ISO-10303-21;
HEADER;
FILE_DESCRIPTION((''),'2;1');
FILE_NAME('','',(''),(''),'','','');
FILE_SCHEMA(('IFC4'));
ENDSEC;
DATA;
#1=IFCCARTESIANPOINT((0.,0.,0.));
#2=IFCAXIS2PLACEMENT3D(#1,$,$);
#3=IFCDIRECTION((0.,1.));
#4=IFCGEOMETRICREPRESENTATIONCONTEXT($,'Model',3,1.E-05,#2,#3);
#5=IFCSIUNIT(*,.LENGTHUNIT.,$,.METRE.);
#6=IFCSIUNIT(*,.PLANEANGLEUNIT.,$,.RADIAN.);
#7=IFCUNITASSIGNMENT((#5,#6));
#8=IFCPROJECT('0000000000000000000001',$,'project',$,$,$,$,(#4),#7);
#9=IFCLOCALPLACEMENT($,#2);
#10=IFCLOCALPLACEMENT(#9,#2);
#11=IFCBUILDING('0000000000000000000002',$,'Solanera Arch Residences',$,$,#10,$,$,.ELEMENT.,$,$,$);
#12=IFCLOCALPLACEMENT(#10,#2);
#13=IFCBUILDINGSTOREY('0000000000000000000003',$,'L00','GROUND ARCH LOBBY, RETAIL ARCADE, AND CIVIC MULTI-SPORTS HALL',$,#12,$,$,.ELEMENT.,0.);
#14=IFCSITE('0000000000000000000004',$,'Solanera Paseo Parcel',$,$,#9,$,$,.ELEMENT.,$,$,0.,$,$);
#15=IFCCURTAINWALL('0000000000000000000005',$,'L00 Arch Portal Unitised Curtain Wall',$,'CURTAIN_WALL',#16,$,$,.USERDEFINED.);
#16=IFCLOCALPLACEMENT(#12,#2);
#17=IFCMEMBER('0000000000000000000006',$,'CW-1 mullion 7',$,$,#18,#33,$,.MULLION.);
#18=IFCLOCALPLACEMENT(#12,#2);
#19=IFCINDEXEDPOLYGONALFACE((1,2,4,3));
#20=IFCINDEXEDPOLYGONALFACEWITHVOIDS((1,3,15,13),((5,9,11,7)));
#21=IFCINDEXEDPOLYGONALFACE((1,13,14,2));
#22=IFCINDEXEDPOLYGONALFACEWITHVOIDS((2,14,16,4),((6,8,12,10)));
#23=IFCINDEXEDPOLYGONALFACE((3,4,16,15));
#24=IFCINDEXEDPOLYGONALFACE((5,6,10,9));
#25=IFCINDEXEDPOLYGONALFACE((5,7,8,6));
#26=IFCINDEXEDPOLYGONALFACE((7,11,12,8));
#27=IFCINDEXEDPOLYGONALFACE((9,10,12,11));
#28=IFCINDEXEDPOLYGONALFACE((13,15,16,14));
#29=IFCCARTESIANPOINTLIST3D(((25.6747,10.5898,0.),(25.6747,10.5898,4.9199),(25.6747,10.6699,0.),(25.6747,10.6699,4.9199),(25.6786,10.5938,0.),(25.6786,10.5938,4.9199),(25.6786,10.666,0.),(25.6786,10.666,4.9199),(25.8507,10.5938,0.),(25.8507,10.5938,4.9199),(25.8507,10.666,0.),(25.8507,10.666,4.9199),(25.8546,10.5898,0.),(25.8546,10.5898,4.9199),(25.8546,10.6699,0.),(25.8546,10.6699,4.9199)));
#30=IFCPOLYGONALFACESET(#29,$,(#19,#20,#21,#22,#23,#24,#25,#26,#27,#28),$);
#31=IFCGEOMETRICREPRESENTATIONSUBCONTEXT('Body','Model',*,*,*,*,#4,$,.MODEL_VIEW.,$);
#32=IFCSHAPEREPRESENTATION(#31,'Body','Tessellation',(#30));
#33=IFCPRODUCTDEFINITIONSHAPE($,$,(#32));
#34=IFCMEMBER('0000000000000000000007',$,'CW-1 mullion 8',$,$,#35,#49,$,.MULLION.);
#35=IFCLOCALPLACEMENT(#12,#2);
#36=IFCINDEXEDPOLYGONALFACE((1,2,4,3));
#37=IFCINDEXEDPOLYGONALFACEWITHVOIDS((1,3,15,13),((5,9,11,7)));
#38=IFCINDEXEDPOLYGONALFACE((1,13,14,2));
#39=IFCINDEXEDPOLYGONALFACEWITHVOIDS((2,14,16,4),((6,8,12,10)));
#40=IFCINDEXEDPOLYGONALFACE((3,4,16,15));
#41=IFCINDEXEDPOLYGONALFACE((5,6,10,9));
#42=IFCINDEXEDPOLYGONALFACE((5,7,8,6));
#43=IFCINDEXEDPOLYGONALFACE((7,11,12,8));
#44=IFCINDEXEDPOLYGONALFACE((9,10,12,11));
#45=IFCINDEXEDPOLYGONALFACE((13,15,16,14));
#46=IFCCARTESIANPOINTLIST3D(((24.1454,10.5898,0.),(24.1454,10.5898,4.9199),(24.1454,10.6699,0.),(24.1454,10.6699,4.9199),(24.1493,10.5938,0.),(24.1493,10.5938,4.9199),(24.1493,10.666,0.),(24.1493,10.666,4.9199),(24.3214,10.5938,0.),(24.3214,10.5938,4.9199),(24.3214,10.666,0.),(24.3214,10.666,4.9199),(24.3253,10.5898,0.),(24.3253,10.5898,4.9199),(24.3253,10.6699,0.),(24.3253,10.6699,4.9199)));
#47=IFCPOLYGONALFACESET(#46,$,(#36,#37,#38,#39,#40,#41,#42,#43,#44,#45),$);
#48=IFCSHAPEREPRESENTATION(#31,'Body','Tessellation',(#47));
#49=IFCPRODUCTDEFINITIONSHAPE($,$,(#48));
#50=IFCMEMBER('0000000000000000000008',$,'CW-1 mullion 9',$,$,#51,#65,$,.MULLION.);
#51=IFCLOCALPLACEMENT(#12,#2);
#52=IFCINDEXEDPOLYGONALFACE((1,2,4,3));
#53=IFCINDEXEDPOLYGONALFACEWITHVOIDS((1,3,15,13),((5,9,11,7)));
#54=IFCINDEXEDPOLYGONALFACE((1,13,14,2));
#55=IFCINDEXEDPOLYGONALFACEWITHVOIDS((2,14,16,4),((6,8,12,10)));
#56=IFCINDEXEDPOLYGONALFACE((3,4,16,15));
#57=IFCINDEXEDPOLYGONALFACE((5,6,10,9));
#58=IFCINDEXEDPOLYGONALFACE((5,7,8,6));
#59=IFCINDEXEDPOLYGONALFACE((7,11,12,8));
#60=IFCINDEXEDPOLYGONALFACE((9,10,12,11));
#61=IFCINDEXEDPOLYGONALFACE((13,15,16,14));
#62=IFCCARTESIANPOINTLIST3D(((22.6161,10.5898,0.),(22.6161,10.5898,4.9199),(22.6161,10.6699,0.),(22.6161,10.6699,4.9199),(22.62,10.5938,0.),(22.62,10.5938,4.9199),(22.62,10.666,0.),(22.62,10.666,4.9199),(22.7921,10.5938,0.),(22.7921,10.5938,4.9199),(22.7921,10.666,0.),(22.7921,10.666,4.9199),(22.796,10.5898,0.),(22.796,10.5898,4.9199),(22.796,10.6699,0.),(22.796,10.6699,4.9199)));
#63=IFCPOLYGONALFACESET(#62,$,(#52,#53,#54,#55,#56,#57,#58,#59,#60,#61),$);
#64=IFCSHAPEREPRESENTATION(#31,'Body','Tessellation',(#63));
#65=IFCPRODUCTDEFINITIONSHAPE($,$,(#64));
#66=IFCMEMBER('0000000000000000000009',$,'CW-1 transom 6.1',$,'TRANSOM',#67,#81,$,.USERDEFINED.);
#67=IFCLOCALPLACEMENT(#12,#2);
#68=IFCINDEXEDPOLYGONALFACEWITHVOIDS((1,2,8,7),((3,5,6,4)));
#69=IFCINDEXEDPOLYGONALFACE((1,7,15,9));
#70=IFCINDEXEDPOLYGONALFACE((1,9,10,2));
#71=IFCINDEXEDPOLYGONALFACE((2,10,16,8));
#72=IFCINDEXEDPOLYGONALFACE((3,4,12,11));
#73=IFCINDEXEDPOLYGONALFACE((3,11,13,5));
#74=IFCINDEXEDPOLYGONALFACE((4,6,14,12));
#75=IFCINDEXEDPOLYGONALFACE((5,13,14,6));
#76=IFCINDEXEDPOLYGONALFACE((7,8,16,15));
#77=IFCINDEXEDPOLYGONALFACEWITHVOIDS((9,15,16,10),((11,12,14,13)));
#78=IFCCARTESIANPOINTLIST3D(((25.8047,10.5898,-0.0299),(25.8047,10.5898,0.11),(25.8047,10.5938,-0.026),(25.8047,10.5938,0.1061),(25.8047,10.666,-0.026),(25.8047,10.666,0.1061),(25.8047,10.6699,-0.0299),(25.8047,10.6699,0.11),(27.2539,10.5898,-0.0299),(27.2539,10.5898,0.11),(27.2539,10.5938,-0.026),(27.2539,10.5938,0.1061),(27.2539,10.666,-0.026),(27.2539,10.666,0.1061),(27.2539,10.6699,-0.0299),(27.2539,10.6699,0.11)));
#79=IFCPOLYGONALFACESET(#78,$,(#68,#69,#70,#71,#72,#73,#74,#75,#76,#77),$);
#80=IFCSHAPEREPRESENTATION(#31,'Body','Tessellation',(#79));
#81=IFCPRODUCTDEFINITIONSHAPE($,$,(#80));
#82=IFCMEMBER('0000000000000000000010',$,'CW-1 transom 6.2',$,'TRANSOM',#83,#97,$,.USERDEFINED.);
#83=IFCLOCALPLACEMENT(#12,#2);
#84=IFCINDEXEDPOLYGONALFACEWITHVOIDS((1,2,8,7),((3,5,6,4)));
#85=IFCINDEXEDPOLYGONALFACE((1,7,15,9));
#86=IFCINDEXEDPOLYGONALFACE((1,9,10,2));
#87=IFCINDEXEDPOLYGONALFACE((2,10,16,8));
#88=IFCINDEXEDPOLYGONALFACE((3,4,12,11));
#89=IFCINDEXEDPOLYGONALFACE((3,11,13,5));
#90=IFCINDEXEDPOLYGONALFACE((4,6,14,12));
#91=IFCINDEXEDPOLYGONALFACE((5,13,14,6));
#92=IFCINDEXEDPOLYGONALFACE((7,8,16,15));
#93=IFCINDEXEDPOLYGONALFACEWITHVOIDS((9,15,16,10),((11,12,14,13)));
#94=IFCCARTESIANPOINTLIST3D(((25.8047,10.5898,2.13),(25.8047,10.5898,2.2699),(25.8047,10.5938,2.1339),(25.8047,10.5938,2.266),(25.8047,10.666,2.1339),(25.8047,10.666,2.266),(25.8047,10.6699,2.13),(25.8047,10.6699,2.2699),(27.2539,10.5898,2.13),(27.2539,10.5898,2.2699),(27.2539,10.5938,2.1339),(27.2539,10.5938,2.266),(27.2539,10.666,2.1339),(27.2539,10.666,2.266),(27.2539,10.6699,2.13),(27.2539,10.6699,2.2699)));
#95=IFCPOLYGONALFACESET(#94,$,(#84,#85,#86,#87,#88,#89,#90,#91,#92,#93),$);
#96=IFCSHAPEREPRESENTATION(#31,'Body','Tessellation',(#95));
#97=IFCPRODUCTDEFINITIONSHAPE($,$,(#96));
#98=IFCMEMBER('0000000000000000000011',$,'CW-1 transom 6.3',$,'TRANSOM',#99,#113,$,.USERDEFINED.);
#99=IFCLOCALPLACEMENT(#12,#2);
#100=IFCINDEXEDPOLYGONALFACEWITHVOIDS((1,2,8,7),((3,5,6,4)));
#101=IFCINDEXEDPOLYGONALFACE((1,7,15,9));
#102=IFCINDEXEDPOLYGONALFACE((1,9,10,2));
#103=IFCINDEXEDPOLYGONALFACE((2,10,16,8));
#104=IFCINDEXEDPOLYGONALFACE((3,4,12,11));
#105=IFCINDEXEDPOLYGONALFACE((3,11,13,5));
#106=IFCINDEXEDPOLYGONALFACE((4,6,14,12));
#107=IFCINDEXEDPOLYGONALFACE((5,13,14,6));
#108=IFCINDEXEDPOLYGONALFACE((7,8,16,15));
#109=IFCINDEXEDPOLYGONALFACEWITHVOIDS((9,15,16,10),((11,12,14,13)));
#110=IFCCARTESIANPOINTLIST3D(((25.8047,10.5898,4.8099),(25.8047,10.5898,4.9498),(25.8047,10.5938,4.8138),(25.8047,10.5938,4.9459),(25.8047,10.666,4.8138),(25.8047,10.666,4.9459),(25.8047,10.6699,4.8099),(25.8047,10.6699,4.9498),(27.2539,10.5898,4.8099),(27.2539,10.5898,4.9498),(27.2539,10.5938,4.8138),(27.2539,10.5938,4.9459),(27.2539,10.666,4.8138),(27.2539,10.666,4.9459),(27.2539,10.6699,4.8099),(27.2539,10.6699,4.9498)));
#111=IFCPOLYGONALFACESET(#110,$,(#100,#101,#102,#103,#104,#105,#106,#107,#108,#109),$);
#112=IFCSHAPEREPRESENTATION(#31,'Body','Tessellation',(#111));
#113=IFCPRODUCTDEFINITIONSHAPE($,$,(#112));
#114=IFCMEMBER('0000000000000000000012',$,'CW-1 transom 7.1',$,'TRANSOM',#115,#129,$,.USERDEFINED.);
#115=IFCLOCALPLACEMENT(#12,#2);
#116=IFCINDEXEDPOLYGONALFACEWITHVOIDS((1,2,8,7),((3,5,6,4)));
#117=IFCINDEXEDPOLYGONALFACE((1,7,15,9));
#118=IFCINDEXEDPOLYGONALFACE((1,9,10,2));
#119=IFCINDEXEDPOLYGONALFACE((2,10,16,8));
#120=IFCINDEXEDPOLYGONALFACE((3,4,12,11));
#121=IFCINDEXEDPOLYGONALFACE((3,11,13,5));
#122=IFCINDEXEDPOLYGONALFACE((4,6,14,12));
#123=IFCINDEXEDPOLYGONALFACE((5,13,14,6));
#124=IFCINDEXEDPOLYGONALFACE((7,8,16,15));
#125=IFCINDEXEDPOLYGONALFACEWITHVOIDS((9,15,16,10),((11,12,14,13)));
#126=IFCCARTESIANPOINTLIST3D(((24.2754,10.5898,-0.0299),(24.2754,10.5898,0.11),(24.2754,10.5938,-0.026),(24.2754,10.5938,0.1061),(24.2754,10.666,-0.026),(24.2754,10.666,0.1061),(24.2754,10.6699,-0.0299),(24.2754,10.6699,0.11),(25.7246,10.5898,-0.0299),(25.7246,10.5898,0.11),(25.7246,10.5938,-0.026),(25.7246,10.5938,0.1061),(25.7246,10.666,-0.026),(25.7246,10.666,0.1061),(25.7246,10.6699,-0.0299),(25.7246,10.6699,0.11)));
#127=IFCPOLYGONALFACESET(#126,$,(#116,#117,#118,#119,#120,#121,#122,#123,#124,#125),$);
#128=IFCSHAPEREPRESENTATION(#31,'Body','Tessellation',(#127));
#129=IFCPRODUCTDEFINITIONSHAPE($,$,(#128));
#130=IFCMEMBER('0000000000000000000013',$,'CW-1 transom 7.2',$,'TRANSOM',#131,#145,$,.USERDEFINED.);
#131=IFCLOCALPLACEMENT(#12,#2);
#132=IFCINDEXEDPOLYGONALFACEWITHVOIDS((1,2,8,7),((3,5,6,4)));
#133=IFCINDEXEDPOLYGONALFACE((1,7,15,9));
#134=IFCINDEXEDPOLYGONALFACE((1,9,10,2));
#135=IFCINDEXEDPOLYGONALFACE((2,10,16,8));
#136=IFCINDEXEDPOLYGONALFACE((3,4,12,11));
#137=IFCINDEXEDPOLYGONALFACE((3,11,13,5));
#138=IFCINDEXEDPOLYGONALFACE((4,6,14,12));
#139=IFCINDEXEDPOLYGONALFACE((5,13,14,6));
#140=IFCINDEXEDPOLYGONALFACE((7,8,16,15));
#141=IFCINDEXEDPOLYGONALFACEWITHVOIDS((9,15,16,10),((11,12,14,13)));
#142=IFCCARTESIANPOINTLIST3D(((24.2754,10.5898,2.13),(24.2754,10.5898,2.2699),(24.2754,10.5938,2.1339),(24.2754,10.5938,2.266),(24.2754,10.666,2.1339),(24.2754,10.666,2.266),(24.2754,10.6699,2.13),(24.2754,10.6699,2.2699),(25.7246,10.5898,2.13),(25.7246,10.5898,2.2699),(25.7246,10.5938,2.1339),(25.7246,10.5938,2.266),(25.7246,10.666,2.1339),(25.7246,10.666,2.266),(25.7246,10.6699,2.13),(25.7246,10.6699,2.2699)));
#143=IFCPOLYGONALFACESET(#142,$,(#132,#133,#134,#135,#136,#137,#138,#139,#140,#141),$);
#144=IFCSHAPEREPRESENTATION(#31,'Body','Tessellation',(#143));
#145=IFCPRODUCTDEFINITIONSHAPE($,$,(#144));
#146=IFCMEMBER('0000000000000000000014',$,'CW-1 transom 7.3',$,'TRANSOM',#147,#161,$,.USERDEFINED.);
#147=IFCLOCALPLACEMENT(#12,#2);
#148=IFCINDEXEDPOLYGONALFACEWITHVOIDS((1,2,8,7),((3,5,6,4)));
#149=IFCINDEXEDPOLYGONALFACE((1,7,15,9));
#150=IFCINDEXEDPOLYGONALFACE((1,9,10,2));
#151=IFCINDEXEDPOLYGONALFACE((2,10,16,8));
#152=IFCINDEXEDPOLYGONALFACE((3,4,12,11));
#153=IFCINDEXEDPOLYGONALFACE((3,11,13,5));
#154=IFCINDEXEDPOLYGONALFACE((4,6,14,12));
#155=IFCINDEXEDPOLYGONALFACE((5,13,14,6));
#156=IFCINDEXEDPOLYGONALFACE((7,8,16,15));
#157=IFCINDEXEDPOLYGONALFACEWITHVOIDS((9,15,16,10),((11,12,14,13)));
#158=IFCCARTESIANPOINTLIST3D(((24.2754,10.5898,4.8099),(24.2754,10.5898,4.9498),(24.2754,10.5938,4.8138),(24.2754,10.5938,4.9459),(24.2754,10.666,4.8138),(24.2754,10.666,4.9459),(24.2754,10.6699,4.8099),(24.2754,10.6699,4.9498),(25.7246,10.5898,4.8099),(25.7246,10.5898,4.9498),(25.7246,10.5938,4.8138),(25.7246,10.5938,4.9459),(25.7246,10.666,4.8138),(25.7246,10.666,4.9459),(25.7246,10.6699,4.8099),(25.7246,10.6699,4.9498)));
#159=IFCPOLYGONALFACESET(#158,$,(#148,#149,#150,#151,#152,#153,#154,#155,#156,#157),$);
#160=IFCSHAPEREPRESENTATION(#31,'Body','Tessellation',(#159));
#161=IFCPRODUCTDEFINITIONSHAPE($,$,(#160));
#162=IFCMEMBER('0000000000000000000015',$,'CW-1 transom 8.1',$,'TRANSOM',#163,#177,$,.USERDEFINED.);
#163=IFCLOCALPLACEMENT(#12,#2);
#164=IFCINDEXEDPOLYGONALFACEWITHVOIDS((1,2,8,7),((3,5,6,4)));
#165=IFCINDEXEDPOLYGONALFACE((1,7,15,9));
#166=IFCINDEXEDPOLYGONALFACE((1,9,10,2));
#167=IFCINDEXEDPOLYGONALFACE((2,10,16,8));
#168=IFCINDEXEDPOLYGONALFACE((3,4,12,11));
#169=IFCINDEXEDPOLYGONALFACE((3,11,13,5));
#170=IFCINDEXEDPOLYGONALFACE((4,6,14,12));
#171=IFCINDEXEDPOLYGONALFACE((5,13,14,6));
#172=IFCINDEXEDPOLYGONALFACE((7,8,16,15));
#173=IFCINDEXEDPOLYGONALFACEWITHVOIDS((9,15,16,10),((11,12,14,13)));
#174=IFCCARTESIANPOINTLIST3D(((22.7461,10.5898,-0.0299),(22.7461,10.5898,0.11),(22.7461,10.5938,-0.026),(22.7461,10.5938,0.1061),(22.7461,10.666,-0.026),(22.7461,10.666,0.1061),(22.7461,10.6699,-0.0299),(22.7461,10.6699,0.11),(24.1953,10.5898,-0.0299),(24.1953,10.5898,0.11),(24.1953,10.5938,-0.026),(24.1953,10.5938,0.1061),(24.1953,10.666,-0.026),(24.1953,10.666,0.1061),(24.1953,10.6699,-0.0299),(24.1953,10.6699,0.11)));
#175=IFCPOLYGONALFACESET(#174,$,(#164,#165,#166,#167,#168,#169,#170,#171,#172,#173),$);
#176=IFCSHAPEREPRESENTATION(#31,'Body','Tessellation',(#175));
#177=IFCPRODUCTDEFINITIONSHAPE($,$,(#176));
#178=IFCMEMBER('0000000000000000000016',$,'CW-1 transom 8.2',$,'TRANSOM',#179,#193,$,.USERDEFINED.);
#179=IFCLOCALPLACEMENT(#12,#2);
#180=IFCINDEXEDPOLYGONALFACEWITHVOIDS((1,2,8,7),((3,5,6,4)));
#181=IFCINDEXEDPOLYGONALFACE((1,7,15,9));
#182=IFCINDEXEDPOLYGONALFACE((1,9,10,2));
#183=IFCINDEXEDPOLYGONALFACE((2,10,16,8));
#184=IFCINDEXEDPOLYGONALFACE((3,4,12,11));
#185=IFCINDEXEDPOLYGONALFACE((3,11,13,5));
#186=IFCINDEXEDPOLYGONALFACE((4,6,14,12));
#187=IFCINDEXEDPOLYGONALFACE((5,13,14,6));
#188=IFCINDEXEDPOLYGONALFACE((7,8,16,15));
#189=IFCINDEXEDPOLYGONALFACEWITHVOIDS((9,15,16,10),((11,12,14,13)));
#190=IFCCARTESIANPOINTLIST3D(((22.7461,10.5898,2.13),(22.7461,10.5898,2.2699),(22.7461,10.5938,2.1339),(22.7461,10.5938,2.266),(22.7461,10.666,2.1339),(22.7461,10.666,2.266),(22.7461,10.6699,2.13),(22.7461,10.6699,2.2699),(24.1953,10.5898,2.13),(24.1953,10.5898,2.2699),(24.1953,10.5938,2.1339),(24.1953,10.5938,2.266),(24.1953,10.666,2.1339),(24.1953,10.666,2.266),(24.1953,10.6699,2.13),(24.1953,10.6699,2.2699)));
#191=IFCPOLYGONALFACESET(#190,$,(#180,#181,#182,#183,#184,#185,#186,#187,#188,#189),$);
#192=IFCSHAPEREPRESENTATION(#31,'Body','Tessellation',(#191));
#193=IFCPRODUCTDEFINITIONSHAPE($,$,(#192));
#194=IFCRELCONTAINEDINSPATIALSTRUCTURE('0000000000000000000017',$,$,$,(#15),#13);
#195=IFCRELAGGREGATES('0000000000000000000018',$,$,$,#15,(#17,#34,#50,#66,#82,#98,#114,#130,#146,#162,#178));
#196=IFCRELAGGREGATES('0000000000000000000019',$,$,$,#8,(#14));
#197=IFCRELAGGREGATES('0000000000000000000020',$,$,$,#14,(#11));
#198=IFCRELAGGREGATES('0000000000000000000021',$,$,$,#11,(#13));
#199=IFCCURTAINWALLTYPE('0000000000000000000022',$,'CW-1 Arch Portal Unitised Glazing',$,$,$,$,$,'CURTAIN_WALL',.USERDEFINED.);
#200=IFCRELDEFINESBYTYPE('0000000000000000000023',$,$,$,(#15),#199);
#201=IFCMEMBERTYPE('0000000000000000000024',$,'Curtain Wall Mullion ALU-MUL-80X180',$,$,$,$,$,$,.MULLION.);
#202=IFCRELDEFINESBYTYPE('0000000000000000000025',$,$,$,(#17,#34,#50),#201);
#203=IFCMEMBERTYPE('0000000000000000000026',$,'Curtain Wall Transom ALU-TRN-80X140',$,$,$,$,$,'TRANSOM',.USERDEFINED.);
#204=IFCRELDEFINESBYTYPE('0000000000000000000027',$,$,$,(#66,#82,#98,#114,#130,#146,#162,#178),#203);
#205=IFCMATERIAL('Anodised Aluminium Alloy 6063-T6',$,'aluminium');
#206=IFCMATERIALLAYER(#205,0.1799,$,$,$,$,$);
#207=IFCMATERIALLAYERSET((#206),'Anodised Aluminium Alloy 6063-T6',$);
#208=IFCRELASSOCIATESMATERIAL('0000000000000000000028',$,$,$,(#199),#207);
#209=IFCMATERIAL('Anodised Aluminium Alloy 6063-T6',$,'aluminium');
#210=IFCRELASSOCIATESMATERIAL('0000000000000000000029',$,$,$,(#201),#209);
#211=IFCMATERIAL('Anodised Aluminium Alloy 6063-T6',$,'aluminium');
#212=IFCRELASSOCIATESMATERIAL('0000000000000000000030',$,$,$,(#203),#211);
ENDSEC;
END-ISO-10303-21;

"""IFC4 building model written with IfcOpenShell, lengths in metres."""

from ifc_helpers import new_model, si_unit, direction, frame, origin, origin_2d, place, context, subcontext, project, spatial, hollow_rectangle, extrude, material, layer, layer_set, material_profile, profile_set, type_object, element, aggregate, save


model = new_model("IFC4")

# Units and contexts
model_context = context("Model", 3, precision=1e-05, world=origin(), true_north=direction((0.0, 1.0)))
body_context = subcontext(model_context, "Body", "Model", "MODEL_VIEW")
ifc_project = project(units=[si_unit("LENGTHUNIT", "METRE"), si_unit("PLANEANGLEUNIT", "RADIAN")], contexts=[model_context])

# Site, building, storey
site_placement = place(None, origin())
site = spatial("IfcSite", under=ifc_project, at=site_placement, Name="Solanera Paseo Parcel", CompositionType="ELEMENT", RefElevation=0.0)
building_placement = place(site_placement, origin())
building = spatial("IfcBuilding", under=site, at=building_placement, Name="Solanera Arch Residences", CompositionType="ELEMENT")
storey_placement = place(building_placement, origin())
storey = spatial("IfcBuildingStorey", under=building, at=storey_placement, Name="L00", Description="GROUND ARCH LOBBY, RETAIL ARCADE, AND CIVIC MULTI-SPORTS HALL", CompositionType="ELEMENT", Elevation=0.0)

# Curtain wall, members
ifc_material_1 = material(Name="Anodised Aluminium Alloy 6063-T6", Category="aluminium")
ifc_layer_1 = layer(ifc_material_1, 0.1799)
ifc_layer_set_1 = layer_set([ifc_layer_1], Name="Anodised Aluminium Alloy 6063-T6")
curtain_wall_type = type_object("IfcCurtainWallType", Name="CW-1 Arch Portal Unitised Glazing", ElementType="CURTAIN_WALL", PredefinedType="USERDEFINED", material=ifc_layer_set_1)
curtain_wall_placement = place(storey_placement, origin())
curtain_wall = element("IfcCurtainWall", 1, at=curtain_wall_placement, inside=storey, type_object=curtain_wall_type, Name="L00 Arch Portal Unitised Curtain Wall", ObjectType="CURTAIN_WALL", PredefinedType="USERDEFINED")
ifc_material_2 = material(Name="Anodised Aluminium Alloy 6063-T6", Category="aluminium")
ifc_material_profile_1 = material_profile(ifc_material_2, hollow_rectangle(XDim=0.0801, YDim=0.1799, WallThickness=0.0039, at=origin_2d()))
ifc_profile_set_1 = profile_set([ifc_material_profile_1], Name="Anodised Aluminium Alloy 6063-T6")
member_type_1 = type_object("IfcMemberType", Name="Curtain Wall Mullion ALU-MUL-80X180", PredefinedType="MULLION", material=ifc_profile_set_1)
member_1_placement = place(storey_placement, frame((25.7646, 10.6299, 0.0), z_axis=(0.0, 0.0, 1.0), x_axis=(0.0, -1.0, 0.0)))
member_1 = element("IfcMember", 2, at=member_1_placement, type_object=member_type_1, Name="CW-1 mullion 7", PredefinedType="MULLION", context=body_context, shape_type="SweptSolid", body=[
    extrude(hollow_rectangle(XDim=0.0801, YDim=0.1799, WallThickness=0.0039, at=origin_2d()), origin(), (0.0, 0.0, 1.0), 4.9199),
])
member_2_placement = place(storey_placement, frame((24.2354, 10.6299, 0.0), z_axis=(0.0, 0.0, 1.0), x_axis=(0.0, -1.0, 0.0)))
member_2 = element("IfcMember", 3, at=member_2_placement, type_object=member_type_1, Name="CW-1 mullion 8", PredefinedType="MULLION", context=body_context, shape_type="SweptSolid", body=[
    extrude(hollow_rectangle(XDim=0.0801, YDim=0.1799, WallThickness=0.0039, at=origin_2d()), origin(), (0.0, 0.0, 1.0), 4.9199),
])
member_3_placement = place(storey_placement, frame((22.7061, 10.6299, 0.0), z_axis=(0.0, 0.0, 1.0), x_axis=(0.0, -1.0, 0.0)))
member_3 = element("IfcMember", 4, at=member_3_placement, type_object=member_type_1, Name="CW-1 mullion 9", PredefinedType="MULLION", context=body_context, shape_type="SweptSolid", body=[
    extrude(hollow_rectangle(XDim=0.0801, YDim=0.1799, WallThickness=0.0039, at=origin_2d()), origin(), (0.0, 0.0, 1.0), 4.9199),
])
ifc_material_3 = material(Name="Anodised Aluminium Alloy 6063-T6", Category="aluminium")
ifc_material_profile_2 = material_profile(ifc_material_3, hollow_rectangle(XDim=0.0801, YDim=0.1399, WallThickness=0.0039, at=origin_2d()))
ifc_profile_set_2 = profile_set([ifc_material_profile_2], Name="Anodised Aluminium Alloy 6063-T6")
member_type_2 = type_object("IfcMemberType", Name="Curtain Wall Transom ALU-TRN-80X140", ElementType="TRANSOM", PredefinedType="USERDEFINED", material=ifc_profile_set_2)
member_4_placement = place(storey_placement, frame((27.2539, 10.6299, 0.04), z_axis=(-1.0, 0.0, 0.0), x_axis=(0.0, -1.0, 0.0)))
member_4 = element("IfcMember", 5, at=member_4_placement, type_object=member_type_2, Name="CW-1 transom 6.1", ObjectType="TRANSOM", PredefinedType="USERDEFINED", context=body_context, shape_type="SweptSolid", body=[
    extrude(hollow_rectangle(XDim=0.0801, YDim=0.1399, WallThickness=0.0039, at=origin_2d()), origin(), (0.0, 0.0, 1.0), 1.4492),
])
member_5_placement = place(storey_placement, frame((27.2539, 10.6299, 2.2), z_axis=(-1.0, 0.0, 0.0), x_axis=(0.0, -1.0, 0.0)))
member_5 = element("IfcMember", 6, at=member_5_placement, type_object=member_type_2, Name="CW-1 transom 6.2", ObjectType="TRANSOM", PredefinedType="USERDEFINED", context=body_context, shape_type="SweptSolid", body=[
    extrude(hollow_rectangle(XDim=0.0801, YDim=0.1399, WallThickness=0.0039, at=origin_2d()), origin(), (0.0, 0.0, 1.0), 1.4492),
])
member_6_placement = place(storey_placement, frame((27.2539, 10.6299, 4.8799), z_axis=(-1.0, 0.0, 0.0), x_axis=(0.0, -1.0, 0.0)))
member_6 = element("IfcMember", 7, at=member_6_placement, type_object=member_type_2, Name="CW-1 transom 6.3", ObjectType="TRANSOM", PredefinedType="USERDEFINED", context=body_context, shape_type="SweptSolid", body=[
    extrude(hollow_rectangle(XDim=0.0801, YDim=0.1399, WallThickness=0.0039, at=origin_2d()), origin(), (0.0, 0.0, 1.0), 1.4492),
])
member_7_placement = place(storey_placement, frame((25.7246, 10.6299, 0.04), z_axis=(-1.0, 0.0, 0.0), x_axis=(0.0, -1.0, 0.0)))
member_7 = element("IfcMember", 8, at=member_7_placement, type_object=member_type_2, Name="CW-1 transom 7.1", ObjectType="TRANSOM", PredefinedType="USERDEFINED", context=body_context, shape_type="SweptSolid", body=[
    extrude(hollow_rectangle(XDim=0.0801, YDim=0.1399, WallThickness=0.0039, at=origin_2d()), origin(), (0.0, 0.0, 1.0), 1.4492),
])
member_8_placement = place(storey_placement, frame((25.7246, 10.6299, 2.2), z_axis=(-1.0, 0.0, 0.0), x_axis=(0.0, -1.0, 0.0)))
member_8 = element("IfcMember", 9, at=member_8_placement, type_object=member_type_2, Name="CW-1 transom 7.2", ObjectType="TRANSOM", PredefinedType="USERDEFINED", context=body_context, shape_type="SweptSolid", body=[
    extrude(hollow_rectangle(XDim=0.0801, YDim=0.1399, WallThickness=0.0039, at=origin_2d()), origin(), (0.0, 0.0, 1.0), 1.4492),
])
member_9_placement = place(storey_placement, frame((25.7246, 10.6299, 4.8799), z_axis=(-1.0, 0.0, 0.0), x_axis=(0.0, -1.0, 0.0)))
member_9 = element("IfcMember", 10, at=member_9_placement, type_object=member_type_2, Name="CW-1 transom 7.3", ObjectType="TRANSOM", PredefinedType="USERDEFINED", context=body_context, shape_type="SweptSolid", body=[
    extrude(hollow_rectangle(XDim=0.0801, YDim=0.1399, WallThickness=0.0039, at=origin_2d()), origin(), (0.0, 0.0, 1.0), 1.4492),
])
member_10_placement = place(storey_placement, frame((24.1953, 10.6299, 0.04), z_axis=(-1.0, 0.0, 0.0), x_axis=(0.0, -1.0, 0.0)))
member_10 = element("IfcMember", 11, at=member_10_placement, type_object=member_type_2, Name="CW-1 transom 8.1", ObjectType="TRANSOM", PredefinedType="USERDEFINED", context=body_context, shape_type="SweptSolid", body=[
    extrude(hollow_rectangle(XDim=0.0801, YDim=0.1399, WallThickness=0.0039, at=origin_2d()), origin(), (0.0, 0.0, 1.0), 1.4492),
])
member_11_placement = place(storey_placement, frame((24.1953, 10.6299, 2.2), z_axis=(-1.0, 0.0, 0.0), x_axis=(0.0, -1.0, 0.0)))
member_11 = element("IfcMember", 12, at=member_11_placement, type_object=member_type_2, Name="CW-1 transom 8.2", ObjectType="TRANSOM", PredefinedType="USERDEFINED", context=body_context, shape_type="SweptSolid", body=[
    extrude(hollow_rectangle(XDim=0.0801, YDim=0.1399, WallThickness=0.0039, at=origin_2d()), origin(), (0.0, 0.0, 1.0), 1.4492),
])
aggregate(curtain_wall, [member_1, member_2, member_3, member_4, member_5, member_6, member_7, member_8, member_9, member_10, member_11])

save(model, "model.ifc")
